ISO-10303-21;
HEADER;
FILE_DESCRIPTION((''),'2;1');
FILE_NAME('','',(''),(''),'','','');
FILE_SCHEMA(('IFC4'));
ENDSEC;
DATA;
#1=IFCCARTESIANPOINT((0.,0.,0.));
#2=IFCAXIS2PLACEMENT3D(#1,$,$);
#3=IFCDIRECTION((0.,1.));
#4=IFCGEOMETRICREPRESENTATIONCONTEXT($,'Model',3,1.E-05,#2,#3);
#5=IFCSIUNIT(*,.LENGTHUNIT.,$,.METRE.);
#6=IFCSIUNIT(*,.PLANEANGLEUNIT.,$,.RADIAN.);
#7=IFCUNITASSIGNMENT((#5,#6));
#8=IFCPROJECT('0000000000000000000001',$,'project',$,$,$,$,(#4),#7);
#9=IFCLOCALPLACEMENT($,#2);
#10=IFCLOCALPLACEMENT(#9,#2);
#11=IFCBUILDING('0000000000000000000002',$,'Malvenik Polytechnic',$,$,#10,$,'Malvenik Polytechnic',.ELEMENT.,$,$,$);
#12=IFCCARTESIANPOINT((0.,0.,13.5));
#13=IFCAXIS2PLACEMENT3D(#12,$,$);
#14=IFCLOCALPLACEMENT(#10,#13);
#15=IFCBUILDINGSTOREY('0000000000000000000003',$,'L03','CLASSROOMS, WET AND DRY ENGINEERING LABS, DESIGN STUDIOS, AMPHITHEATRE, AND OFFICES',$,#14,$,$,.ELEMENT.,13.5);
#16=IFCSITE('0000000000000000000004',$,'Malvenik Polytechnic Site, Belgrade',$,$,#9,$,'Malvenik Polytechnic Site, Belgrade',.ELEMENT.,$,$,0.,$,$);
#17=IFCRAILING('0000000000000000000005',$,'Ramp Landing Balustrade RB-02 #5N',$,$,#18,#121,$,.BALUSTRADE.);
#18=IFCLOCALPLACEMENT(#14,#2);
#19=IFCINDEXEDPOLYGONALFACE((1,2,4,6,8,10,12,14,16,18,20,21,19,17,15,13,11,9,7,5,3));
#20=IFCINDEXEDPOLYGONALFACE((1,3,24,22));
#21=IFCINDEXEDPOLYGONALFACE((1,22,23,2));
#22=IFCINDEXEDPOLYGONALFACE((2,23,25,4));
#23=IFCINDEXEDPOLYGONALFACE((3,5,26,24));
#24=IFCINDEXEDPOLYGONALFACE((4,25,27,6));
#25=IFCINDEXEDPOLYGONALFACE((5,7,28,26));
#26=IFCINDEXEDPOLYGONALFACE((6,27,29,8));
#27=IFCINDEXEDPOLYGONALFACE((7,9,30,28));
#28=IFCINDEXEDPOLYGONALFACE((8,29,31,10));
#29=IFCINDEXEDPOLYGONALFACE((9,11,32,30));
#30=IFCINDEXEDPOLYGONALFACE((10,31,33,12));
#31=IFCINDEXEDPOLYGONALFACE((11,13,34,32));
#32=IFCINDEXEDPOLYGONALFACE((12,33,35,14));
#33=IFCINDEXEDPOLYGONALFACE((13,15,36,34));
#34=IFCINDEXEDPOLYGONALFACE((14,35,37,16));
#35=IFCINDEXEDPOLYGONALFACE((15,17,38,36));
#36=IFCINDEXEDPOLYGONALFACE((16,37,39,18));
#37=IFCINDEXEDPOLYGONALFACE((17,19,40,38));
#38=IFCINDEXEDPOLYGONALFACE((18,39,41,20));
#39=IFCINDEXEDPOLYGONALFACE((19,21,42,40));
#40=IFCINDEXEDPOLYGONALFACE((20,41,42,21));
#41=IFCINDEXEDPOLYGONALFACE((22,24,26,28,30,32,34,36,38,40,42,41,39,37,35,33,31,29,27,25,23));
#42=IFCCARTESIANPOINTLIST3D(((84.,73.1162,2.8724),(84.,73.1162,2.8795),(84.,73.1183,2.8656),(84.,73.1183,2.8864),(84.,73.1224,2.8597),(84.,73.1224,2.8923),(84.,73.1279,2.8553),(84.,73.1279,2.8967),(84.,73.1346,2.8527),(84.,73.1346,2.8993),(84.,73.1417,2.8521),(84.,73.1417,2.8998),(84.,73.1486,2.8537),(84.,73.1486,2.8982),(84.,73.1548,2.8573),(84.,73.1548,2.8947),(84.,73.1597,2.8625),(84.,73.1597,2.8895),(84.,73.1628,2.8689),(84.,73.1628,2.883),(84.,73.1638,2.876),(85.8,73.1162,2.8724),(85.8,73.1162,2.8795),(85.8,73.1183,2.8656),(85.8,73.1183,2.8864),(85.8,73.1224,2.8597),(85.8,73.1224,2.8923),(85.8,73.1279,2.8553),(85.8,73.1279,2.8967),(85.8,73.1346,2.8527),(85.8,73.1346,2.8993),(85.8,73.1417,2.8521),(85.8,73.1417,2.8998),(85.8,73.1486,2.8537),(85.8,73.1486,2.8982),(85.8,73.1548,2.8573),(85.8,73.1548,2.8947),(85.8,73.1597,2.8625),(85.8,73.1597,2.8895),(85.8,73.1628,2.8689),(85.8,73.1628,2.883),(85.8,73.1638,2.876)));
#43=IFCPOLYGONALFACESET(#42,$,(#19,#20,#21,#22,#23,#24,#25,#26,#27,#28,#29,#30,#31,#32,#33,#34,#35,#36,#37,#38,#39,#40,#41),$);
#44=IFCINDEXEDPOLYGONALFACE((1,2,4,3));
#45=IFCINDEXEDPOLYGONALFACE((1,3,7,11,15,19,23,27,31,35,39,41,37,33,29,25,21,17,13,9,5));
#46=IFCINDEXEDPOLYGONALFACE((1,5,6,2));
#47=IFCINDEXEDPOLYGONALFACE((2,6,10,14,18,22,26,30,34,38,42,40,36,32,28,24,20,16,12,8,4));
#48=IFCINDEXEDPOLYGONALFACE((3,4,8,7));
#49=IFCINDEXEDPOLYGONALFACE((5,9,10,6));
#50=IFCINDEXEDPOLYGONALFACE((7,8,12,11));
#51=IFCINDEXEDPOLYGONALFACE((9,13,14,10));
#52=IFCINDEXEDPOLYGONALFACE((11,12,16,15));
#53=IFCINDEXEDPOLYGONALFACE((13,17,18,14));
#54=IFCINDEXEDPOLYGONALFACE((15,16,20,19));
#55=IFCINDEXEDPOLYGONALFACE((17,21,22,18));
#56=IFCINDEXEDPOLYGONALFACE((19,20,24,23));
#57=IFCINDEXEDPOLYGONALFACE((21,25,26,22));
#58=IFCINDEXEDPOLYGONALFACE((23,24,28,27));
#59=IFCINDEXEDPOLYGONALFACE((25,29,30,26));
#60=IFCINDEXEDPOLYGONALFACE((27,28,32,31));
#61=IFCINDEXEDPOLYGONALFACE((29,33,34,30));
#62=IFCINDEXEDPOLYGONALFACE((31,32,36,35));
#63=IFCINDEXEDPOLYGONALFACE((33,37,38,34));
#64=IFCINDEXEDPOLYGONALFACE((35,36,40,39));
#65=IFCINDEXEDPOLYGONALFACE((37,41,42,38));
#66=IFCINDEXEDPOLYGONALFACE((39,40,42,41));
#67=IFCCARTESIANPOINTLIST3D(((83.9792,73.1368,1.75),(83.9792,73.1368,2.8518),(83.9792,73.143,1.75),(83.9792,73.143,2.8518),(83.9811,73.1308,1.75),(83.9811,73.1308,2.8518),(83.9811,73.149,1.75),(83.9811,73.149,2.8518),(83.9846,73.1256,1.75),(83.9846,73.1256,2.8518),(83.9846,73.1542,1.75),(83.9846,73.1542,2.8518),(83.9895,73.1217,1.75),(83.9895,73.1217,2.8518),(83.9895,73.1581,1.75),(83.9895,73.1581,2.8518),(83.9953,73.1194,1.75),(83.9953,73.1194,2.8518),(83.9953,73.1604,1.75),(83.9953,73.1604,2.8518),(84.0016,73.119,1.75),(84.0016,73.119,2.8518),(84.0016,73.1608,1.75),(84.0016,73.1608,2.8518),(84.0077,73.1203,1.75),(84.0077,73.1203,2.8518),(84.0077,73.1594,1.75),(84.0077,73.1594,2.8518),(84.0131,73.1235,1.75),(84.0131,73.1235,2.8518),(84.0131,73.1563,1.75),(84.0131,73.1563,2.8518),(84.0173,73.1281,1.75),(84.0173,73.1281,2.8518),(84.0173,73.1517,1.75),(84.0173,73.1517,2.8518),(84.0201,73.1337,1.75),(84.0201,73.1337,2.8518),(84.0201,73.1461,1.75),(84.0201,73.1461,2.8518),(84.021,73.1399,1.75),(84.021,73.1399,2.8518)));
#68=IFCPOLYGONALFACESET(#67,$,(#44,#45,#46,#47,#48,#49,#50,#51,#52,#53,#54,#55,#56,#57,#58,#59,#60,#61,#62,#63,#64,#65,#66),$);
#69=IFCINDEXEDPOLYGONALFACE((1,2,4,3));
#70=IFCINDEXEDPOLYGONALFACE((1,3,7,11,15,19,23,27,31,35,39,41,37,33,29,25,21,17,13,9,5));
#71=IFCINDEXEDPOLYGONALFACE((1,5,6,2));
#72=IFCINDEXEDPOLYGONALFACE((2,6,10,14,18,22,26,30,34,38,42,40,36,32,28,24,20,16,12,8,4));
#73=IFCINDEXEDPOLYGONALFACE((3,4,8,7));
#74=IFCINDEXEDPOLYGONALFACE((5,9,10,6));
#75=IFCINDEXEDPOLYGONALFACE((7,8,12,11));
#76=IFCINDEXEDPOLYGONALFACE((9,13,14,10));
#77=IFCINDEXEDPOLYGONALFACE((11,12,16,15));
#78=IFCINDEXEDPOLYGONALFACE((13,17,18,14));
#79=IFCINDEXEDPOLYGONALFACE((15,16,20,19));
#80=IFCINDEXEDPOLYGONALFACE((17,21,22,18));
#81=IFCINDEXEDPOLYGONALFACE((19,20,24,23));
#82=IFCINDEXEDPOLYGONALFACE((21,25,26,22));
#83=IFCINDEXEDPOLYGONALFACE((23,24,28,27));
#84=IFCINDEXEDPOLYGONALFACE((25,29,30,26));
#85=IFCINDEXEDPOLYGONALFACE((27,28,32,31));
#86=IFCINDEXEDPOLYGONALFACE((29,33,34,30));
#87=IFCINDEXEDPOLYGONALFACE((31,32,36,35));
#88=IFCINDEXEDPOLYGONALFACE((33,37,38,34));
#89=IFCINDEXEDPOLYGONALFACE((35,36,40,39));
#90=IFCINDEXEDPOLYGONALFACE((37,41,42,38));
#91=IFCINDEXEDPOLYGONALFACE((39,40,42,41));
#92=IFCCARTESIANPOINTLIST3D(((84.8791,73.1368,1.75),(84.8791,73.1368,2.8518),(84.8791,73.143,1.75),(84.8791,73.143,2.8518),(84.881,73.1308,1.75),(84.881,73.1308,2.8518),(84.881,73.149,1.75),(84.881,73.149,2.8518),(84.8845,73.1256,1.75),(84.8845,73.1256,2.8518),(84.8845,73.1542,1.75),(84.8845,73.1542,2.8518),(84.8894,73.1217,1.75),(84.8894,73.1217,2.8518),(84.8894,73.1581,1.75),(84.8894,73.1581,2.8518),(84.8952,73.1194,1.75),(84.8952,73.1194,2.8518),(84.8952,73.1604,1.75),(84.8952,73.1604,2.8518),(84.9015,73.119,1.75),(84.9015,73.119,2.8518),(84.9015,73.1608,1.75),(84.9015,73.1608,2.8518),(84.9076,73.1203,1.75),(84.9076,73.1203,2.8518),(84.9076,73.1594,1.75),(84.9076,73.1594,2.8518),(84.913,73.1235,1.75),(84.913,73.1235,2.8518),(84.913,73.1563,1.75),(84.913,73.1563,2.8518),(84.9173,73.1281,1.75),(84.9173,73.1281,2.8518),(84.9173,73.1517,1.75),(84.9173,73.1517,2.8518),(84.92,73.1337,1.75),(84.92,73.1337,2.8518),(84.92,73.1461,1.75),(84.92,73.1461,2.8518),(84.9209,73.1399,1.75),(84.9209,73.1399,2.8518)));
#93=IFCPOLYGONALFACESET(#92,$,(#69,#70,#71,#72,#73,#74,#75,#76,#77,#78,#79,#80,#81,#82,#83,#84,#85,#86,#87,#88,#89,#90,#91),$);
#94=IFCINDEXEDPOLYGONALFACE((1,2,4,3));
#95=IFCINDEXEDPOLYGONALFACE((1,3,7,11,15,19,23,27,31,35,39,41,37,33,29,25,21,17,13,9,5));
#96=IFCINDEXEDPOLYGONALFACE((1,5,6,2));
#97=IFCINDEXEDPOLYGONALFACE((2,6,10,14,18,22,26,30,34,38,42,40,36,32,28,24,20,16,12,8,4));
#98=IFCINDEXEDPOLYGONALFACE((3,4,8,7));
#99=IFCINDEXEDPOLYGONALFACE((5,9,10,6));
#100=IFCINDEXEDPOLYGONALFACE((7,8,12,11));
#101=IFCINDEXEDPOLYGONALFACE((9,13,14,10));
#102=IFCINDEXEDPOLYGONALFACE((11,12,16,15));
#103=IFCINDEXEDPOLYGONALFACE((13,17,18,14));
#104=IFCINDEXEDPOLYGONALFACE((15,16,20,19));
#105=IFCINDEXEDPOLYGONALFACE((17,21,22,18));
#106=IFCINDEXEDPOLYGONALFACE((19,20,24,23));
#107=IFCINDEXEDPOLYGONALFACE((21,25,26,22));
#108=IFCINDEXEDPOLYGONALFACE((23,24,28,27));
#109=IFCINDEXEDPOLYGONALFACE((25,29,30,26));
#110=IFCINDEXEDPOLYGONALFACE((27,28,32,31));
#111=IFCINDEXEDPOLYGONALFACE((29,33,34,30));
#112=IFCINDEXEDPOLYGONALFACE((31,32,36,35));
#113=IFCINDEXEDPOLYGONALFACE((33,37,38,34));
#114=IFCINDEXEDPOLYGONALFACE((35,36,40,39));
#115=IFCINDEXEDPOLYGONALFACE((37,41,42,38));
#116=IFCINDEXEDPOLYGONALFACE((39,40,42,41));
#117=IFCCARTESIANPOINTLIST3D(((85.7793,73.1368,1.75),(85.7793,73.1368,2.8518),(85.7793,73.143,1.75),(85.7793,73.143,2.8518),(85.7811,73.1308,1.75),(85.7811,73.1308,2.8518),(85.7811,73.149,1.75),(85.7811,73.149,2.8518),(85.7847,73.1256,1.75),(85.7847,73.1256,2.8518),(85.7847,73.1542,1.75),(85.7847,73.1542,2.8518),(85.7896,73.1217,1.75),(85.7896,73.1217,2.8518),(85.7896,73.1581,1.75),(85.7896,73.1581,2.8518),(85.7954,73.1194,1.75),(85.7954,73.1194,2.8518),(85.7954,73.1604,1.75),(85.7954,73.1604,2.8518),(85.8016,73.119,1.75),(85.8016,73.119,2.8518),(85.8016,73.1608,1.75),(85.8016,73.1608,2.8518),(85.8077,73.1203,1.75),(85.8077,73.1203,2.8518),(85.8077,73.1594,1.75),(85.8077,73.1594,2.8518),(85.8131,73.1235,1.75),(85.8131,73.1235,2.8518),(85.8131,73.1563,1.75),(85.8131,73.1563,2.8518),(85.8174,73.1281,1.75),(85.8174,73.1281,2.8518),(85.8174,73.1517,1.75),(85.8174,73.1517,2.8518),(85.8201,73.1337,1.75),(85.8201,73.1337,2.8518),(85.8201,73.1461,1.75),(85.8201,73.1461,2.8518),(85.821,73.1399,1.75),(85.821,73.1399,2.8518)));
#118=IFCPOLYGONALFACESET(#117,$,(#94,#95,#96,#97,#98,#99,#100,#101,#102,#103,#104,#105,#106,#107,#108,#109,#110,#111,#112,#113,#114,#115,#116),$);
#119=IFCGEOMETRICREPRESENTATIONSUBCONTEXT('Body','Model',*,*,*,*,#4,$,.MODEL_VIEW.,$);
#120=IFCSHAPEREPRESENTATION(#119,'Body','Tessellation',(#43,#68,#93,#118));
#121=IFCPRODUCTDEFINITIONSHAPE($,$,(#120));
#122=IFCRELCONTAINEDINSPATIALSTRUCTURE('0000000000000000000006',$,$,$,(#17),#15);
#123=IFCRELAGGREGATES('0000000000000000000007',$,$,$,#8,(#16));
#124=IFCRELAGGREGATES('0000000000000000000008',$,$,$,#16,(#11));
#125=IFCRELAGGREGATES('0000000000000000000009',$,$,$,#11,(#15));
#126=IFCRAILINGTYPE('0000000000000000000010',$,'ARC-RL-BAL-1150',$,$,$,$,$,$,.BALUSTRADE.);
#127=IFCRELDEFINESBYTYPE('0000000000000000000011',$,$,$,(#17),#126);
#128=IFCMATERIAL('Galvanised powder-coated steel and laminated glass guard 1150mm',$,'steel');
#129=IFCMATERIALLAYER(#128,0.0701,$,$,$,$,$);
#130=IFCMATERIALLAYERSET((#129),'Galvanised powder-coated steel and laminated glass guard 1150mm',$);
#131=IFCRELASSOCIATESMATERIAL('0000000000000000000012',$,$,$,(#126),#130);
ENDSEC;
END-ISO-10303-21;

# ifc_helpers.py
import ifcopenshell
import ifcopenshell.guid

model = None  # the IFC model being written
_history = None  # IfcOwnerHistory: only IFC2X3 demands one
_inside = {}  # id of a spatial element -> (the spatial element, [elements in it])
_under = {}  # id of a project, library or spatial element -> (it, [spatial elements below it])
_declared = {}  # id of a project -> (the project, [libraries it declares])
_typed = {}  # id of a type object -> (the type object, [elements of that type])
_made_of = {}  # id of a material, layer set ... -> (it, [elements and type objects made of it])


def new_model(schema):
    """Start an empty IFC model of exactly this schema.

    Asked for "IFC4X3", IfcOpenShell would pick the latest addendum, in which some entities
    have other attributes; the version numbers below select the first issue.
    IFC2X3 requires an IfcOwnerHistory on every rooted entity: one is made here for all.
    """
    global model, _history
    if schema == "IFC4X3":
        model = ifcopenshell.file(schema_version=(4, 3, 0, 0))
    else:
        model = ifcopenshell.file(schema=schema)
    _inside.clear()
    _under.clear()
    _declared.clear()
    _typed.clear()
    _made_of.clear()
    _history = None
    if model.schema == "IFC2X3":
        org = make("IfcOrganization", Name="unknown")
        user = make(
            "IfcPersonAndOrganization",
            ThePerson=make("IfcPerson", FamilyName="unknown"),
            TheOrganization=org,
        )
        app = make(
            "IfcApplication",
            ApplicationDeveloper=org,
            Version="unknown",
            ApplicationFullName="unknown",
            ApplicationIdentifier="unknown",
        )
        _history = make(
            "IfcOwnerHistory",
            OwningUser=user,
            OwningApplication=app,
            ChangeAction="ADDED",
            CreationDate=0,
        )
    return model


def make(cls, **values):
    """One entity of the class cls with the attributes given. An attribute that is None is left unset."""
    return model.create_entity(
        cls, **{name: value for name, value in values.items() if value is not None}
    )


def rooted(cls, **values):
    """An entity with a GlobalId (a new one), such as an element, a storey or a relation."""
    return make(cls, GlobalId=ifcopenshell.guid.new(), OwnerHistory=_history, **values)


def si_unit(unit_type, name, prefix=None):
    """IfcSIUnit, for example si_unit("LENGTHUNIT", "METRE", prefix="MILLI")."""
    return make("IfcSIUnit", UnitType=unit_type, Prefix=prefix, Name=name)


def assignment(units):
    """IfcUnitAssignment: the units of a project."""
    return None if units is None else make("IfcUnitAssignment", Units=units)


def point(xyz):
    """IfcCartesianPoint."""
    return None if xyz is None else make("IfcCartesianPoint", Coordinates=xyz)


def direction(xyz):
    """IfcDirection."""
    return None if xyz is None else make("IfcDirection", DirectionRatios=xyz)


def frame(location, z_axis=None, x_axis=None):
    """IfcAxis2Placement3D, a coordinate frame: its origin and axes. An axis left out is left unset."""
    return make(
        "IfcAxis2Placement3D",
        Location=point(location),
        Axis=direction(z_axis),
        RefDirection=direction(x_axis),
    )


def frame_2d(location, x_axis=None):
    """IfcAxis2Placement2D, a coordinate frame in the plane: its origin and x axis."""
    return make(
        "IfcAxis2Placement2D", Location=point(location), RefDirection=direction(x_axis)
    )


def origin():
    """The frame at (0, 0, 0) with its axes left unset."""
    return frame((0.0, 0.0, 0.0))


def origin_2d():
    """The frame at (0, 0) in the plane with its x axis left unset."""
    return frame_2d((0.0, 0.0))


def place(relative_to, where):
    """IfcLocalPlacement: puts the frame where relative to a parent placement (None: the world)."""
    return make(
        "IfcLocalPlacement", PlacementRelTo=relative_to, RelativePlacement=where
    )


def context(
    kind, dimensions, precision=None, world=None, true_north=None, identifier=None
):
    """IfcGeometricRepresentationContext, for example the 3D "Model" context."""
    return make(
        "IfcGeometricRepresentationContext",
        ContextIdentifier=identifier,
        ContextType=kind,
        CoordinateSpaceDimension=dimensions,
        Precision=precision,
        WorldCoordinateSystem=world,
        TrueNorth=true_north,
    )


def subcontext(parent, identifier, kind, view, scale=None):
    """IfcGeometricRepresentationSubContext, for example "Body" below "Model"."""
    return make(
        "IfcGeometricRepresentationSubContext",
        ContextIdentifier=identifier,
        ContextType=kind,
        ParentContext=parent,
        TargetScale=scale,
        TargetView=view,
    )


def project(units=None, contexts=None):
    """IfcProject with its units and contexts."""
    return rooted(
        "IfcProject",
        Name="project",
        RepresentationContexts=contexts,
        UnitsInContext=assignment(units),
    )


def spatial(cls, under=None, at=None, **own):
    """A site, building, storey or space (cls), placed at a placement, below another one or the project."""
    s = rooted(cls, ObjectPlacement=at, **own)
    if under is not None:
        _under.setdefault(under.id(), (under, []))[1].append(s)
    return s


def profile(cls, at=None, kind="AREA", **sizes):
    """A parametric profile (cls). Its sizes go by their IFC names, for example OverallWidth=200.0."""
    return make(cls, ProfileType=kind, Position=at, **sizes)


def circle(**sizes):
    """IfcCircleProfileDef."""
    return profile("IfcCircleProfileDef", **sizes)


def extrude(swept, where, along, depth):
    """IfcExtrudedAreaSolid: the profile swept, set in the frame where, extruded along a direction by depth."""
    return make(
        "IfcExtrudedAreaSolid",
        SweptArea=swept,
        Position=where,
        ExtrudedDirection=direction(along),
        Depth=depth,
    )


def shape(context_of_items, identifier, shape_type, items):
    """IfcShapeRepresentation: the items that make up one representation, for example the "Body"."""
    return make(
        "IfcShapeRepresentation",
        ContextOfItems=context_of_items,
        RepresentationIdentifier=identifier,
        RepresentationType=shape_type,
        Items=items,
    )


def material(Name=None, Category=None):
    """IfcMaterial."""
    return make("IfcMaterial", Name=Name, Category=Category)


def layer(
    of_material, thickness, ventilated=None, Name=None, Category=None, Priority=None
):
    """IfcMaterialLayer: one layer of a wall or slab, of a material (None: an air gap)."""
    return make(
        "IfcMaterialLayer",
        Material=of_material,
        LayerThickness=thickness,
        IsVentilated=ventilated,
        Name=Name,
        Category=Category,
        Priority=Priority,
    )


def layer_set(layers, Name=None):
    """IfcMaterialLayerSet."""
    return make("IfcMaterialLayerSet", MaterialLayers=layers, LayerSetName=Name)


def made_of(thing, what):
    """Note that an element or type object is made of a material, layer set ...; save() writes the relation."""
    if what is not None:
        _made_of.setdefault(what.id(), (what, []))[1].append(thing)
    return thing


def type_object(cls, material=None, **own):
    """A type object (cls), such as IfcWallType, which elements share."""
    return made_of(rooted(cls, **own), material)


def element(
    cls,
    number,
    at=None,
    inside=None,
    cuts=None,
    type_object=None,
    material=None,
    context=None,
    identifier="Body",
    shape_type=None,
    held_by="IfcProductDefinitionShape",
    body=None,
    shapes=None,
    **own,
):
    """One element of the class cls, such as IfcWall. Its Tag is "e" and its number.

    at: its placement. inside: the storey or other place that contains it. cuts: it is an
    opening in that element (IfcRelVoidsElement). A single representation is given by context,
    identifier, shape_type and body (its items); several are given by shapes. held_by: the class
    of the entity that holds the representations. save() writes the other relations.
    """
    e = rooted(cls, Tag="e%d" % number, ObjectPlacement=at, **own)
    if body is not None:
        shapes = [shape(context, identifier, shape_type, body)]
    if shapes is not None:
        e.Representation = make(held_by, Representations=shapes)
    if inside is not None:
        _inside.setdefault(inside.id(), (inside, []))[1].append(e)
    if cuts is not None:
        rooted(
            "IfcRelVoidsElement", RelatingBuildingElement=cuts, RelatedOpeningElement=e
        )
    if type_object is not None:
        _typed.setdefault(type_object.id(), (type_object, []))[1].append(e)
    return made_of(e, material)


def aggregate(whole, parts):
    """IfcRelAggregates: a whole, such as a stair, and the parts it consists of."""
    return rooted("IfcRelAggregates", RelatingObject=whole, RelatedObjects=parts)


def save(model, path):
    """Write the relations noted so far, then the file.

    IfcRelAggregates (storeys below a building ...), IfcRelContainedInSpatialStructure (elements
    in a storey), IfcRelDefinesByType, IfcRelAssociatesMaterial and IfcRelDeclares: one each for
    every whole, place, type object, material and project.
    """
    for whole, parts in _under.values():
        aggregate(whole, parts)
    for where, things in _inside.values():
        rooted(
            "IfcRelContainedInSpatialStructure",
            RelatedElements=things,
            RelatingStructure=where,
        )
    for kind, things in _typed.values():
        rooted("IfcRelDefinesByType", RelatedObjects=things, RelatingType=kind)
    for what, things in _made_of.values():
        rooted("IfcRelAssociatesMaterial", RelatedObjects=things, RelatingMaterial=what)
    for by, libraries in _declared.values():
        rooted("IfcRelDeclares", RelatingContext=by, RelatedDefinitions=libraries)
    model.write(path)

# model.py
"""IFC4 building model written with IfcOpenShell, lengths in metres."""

from ifc_helpers import new_model, si_unit, direction, frame, origin, origin_2d, place, context, subcontext, project, spatial, circle, extrude, material, layer, layer_set, type_object, element, save


model = new_model("IFC4")

# Units and contexts
model_context = context("Model", 3, precision=1e-05, world=origin(), true_north=direction((0.0, 1.0)))
body_context = subcontext(model_context, "Body", "Model", "MODEL_VIEW")
ifc_project = project(units=[si_unit("LENGTHUNIT", "METRE"), si_unit("PLANEANGLEUNIT", "RADIAN")], contexts=[model_context])

# Site, building, storey
site_placement = place(None, origin())
site = spatial("IfcSite", under=ifc_project, at=site_placement, Name="Malvenik Polytechnic Site, Belgrade", LongName="Malvenik Polytechnic Site, Belgrade", CompositionType="ELEMENT", RefElevation=0.0)
building_placement = place(site_placement, origin())
building = spatial("IfcBuilding", under=site, at=building_placement, Name="Malvenik Polytechnic", LongName="Malvenik Polytechnic", CompositionType="ELEMENT")
storey_placement = place(building_placement, frame((0.0, 0.0, 13.5)))
storey = spatial("IfcBuildingStorey", under=building, at=storey_placement, Name="L03", Description="CLASSROOMS, WET AND DRY ENGINEERING LABS, DESIGN STUDIOS, AMPHITHEATRE, AND OFFICES", CompositionType="ELEMENT", Elevation=13.5)

# Railing
ifc_material_1 = material(Name="Galvanised powder-coated steel and laminated glass guard 1150mm", Category="steel")
ifc_layer_1 = layer(ifc_material_1, 0.0701)
ifc_layer_set_1 = layer_set([ifc_layer_1], Name="Galvanised powder-coated steel and laminated glass guard 1150mm")
railing_type_1 = type_object("IfcRailingType", Name="ARC-RL-BAL-1150", PredefinedType="BALUSTRADE", material=ifc_layer_set_1)
railing_1_placement = place(storey_placement, frame((84.0, 73.1399, 1.75)))
element("IfcRailing", 1, at=railing_1_placement, inside=storey, type_object=railing_type_1, Name="Ramp Landing Balustrade RB-02 #5N", PredefinedType="BALUSTRADE", context=body_context, shape_type="SweptSolid", body=[
    extrude(circle(Radius=0.0239, at=origin_2d()), frame((0.0, 0.0, 1.126), z_axis=(1.0, 0.0, 0.0), x_axis=(0.0, 1.0, 0.0)), (0.0, 0.0, 1.0), 1.8),
    extrude(circle(Radius=0.021, at=origin_2d()), origin(), (0.0, 0.0, 1.0), 1.1018),
    extrude(circle(Radius=0.021, at=origin_2d()), frame((0.8999, 0.0, 0.0)), (0.0, 0.0, 1.0), 1.1018),
    extrude(circle(Radius=0.021, at=origin_2d()), frame((1.8, 0.0, 0.0)), (0.0, 0.0, 1.0), 1.1018),
])

save(model, "model.ifc")
